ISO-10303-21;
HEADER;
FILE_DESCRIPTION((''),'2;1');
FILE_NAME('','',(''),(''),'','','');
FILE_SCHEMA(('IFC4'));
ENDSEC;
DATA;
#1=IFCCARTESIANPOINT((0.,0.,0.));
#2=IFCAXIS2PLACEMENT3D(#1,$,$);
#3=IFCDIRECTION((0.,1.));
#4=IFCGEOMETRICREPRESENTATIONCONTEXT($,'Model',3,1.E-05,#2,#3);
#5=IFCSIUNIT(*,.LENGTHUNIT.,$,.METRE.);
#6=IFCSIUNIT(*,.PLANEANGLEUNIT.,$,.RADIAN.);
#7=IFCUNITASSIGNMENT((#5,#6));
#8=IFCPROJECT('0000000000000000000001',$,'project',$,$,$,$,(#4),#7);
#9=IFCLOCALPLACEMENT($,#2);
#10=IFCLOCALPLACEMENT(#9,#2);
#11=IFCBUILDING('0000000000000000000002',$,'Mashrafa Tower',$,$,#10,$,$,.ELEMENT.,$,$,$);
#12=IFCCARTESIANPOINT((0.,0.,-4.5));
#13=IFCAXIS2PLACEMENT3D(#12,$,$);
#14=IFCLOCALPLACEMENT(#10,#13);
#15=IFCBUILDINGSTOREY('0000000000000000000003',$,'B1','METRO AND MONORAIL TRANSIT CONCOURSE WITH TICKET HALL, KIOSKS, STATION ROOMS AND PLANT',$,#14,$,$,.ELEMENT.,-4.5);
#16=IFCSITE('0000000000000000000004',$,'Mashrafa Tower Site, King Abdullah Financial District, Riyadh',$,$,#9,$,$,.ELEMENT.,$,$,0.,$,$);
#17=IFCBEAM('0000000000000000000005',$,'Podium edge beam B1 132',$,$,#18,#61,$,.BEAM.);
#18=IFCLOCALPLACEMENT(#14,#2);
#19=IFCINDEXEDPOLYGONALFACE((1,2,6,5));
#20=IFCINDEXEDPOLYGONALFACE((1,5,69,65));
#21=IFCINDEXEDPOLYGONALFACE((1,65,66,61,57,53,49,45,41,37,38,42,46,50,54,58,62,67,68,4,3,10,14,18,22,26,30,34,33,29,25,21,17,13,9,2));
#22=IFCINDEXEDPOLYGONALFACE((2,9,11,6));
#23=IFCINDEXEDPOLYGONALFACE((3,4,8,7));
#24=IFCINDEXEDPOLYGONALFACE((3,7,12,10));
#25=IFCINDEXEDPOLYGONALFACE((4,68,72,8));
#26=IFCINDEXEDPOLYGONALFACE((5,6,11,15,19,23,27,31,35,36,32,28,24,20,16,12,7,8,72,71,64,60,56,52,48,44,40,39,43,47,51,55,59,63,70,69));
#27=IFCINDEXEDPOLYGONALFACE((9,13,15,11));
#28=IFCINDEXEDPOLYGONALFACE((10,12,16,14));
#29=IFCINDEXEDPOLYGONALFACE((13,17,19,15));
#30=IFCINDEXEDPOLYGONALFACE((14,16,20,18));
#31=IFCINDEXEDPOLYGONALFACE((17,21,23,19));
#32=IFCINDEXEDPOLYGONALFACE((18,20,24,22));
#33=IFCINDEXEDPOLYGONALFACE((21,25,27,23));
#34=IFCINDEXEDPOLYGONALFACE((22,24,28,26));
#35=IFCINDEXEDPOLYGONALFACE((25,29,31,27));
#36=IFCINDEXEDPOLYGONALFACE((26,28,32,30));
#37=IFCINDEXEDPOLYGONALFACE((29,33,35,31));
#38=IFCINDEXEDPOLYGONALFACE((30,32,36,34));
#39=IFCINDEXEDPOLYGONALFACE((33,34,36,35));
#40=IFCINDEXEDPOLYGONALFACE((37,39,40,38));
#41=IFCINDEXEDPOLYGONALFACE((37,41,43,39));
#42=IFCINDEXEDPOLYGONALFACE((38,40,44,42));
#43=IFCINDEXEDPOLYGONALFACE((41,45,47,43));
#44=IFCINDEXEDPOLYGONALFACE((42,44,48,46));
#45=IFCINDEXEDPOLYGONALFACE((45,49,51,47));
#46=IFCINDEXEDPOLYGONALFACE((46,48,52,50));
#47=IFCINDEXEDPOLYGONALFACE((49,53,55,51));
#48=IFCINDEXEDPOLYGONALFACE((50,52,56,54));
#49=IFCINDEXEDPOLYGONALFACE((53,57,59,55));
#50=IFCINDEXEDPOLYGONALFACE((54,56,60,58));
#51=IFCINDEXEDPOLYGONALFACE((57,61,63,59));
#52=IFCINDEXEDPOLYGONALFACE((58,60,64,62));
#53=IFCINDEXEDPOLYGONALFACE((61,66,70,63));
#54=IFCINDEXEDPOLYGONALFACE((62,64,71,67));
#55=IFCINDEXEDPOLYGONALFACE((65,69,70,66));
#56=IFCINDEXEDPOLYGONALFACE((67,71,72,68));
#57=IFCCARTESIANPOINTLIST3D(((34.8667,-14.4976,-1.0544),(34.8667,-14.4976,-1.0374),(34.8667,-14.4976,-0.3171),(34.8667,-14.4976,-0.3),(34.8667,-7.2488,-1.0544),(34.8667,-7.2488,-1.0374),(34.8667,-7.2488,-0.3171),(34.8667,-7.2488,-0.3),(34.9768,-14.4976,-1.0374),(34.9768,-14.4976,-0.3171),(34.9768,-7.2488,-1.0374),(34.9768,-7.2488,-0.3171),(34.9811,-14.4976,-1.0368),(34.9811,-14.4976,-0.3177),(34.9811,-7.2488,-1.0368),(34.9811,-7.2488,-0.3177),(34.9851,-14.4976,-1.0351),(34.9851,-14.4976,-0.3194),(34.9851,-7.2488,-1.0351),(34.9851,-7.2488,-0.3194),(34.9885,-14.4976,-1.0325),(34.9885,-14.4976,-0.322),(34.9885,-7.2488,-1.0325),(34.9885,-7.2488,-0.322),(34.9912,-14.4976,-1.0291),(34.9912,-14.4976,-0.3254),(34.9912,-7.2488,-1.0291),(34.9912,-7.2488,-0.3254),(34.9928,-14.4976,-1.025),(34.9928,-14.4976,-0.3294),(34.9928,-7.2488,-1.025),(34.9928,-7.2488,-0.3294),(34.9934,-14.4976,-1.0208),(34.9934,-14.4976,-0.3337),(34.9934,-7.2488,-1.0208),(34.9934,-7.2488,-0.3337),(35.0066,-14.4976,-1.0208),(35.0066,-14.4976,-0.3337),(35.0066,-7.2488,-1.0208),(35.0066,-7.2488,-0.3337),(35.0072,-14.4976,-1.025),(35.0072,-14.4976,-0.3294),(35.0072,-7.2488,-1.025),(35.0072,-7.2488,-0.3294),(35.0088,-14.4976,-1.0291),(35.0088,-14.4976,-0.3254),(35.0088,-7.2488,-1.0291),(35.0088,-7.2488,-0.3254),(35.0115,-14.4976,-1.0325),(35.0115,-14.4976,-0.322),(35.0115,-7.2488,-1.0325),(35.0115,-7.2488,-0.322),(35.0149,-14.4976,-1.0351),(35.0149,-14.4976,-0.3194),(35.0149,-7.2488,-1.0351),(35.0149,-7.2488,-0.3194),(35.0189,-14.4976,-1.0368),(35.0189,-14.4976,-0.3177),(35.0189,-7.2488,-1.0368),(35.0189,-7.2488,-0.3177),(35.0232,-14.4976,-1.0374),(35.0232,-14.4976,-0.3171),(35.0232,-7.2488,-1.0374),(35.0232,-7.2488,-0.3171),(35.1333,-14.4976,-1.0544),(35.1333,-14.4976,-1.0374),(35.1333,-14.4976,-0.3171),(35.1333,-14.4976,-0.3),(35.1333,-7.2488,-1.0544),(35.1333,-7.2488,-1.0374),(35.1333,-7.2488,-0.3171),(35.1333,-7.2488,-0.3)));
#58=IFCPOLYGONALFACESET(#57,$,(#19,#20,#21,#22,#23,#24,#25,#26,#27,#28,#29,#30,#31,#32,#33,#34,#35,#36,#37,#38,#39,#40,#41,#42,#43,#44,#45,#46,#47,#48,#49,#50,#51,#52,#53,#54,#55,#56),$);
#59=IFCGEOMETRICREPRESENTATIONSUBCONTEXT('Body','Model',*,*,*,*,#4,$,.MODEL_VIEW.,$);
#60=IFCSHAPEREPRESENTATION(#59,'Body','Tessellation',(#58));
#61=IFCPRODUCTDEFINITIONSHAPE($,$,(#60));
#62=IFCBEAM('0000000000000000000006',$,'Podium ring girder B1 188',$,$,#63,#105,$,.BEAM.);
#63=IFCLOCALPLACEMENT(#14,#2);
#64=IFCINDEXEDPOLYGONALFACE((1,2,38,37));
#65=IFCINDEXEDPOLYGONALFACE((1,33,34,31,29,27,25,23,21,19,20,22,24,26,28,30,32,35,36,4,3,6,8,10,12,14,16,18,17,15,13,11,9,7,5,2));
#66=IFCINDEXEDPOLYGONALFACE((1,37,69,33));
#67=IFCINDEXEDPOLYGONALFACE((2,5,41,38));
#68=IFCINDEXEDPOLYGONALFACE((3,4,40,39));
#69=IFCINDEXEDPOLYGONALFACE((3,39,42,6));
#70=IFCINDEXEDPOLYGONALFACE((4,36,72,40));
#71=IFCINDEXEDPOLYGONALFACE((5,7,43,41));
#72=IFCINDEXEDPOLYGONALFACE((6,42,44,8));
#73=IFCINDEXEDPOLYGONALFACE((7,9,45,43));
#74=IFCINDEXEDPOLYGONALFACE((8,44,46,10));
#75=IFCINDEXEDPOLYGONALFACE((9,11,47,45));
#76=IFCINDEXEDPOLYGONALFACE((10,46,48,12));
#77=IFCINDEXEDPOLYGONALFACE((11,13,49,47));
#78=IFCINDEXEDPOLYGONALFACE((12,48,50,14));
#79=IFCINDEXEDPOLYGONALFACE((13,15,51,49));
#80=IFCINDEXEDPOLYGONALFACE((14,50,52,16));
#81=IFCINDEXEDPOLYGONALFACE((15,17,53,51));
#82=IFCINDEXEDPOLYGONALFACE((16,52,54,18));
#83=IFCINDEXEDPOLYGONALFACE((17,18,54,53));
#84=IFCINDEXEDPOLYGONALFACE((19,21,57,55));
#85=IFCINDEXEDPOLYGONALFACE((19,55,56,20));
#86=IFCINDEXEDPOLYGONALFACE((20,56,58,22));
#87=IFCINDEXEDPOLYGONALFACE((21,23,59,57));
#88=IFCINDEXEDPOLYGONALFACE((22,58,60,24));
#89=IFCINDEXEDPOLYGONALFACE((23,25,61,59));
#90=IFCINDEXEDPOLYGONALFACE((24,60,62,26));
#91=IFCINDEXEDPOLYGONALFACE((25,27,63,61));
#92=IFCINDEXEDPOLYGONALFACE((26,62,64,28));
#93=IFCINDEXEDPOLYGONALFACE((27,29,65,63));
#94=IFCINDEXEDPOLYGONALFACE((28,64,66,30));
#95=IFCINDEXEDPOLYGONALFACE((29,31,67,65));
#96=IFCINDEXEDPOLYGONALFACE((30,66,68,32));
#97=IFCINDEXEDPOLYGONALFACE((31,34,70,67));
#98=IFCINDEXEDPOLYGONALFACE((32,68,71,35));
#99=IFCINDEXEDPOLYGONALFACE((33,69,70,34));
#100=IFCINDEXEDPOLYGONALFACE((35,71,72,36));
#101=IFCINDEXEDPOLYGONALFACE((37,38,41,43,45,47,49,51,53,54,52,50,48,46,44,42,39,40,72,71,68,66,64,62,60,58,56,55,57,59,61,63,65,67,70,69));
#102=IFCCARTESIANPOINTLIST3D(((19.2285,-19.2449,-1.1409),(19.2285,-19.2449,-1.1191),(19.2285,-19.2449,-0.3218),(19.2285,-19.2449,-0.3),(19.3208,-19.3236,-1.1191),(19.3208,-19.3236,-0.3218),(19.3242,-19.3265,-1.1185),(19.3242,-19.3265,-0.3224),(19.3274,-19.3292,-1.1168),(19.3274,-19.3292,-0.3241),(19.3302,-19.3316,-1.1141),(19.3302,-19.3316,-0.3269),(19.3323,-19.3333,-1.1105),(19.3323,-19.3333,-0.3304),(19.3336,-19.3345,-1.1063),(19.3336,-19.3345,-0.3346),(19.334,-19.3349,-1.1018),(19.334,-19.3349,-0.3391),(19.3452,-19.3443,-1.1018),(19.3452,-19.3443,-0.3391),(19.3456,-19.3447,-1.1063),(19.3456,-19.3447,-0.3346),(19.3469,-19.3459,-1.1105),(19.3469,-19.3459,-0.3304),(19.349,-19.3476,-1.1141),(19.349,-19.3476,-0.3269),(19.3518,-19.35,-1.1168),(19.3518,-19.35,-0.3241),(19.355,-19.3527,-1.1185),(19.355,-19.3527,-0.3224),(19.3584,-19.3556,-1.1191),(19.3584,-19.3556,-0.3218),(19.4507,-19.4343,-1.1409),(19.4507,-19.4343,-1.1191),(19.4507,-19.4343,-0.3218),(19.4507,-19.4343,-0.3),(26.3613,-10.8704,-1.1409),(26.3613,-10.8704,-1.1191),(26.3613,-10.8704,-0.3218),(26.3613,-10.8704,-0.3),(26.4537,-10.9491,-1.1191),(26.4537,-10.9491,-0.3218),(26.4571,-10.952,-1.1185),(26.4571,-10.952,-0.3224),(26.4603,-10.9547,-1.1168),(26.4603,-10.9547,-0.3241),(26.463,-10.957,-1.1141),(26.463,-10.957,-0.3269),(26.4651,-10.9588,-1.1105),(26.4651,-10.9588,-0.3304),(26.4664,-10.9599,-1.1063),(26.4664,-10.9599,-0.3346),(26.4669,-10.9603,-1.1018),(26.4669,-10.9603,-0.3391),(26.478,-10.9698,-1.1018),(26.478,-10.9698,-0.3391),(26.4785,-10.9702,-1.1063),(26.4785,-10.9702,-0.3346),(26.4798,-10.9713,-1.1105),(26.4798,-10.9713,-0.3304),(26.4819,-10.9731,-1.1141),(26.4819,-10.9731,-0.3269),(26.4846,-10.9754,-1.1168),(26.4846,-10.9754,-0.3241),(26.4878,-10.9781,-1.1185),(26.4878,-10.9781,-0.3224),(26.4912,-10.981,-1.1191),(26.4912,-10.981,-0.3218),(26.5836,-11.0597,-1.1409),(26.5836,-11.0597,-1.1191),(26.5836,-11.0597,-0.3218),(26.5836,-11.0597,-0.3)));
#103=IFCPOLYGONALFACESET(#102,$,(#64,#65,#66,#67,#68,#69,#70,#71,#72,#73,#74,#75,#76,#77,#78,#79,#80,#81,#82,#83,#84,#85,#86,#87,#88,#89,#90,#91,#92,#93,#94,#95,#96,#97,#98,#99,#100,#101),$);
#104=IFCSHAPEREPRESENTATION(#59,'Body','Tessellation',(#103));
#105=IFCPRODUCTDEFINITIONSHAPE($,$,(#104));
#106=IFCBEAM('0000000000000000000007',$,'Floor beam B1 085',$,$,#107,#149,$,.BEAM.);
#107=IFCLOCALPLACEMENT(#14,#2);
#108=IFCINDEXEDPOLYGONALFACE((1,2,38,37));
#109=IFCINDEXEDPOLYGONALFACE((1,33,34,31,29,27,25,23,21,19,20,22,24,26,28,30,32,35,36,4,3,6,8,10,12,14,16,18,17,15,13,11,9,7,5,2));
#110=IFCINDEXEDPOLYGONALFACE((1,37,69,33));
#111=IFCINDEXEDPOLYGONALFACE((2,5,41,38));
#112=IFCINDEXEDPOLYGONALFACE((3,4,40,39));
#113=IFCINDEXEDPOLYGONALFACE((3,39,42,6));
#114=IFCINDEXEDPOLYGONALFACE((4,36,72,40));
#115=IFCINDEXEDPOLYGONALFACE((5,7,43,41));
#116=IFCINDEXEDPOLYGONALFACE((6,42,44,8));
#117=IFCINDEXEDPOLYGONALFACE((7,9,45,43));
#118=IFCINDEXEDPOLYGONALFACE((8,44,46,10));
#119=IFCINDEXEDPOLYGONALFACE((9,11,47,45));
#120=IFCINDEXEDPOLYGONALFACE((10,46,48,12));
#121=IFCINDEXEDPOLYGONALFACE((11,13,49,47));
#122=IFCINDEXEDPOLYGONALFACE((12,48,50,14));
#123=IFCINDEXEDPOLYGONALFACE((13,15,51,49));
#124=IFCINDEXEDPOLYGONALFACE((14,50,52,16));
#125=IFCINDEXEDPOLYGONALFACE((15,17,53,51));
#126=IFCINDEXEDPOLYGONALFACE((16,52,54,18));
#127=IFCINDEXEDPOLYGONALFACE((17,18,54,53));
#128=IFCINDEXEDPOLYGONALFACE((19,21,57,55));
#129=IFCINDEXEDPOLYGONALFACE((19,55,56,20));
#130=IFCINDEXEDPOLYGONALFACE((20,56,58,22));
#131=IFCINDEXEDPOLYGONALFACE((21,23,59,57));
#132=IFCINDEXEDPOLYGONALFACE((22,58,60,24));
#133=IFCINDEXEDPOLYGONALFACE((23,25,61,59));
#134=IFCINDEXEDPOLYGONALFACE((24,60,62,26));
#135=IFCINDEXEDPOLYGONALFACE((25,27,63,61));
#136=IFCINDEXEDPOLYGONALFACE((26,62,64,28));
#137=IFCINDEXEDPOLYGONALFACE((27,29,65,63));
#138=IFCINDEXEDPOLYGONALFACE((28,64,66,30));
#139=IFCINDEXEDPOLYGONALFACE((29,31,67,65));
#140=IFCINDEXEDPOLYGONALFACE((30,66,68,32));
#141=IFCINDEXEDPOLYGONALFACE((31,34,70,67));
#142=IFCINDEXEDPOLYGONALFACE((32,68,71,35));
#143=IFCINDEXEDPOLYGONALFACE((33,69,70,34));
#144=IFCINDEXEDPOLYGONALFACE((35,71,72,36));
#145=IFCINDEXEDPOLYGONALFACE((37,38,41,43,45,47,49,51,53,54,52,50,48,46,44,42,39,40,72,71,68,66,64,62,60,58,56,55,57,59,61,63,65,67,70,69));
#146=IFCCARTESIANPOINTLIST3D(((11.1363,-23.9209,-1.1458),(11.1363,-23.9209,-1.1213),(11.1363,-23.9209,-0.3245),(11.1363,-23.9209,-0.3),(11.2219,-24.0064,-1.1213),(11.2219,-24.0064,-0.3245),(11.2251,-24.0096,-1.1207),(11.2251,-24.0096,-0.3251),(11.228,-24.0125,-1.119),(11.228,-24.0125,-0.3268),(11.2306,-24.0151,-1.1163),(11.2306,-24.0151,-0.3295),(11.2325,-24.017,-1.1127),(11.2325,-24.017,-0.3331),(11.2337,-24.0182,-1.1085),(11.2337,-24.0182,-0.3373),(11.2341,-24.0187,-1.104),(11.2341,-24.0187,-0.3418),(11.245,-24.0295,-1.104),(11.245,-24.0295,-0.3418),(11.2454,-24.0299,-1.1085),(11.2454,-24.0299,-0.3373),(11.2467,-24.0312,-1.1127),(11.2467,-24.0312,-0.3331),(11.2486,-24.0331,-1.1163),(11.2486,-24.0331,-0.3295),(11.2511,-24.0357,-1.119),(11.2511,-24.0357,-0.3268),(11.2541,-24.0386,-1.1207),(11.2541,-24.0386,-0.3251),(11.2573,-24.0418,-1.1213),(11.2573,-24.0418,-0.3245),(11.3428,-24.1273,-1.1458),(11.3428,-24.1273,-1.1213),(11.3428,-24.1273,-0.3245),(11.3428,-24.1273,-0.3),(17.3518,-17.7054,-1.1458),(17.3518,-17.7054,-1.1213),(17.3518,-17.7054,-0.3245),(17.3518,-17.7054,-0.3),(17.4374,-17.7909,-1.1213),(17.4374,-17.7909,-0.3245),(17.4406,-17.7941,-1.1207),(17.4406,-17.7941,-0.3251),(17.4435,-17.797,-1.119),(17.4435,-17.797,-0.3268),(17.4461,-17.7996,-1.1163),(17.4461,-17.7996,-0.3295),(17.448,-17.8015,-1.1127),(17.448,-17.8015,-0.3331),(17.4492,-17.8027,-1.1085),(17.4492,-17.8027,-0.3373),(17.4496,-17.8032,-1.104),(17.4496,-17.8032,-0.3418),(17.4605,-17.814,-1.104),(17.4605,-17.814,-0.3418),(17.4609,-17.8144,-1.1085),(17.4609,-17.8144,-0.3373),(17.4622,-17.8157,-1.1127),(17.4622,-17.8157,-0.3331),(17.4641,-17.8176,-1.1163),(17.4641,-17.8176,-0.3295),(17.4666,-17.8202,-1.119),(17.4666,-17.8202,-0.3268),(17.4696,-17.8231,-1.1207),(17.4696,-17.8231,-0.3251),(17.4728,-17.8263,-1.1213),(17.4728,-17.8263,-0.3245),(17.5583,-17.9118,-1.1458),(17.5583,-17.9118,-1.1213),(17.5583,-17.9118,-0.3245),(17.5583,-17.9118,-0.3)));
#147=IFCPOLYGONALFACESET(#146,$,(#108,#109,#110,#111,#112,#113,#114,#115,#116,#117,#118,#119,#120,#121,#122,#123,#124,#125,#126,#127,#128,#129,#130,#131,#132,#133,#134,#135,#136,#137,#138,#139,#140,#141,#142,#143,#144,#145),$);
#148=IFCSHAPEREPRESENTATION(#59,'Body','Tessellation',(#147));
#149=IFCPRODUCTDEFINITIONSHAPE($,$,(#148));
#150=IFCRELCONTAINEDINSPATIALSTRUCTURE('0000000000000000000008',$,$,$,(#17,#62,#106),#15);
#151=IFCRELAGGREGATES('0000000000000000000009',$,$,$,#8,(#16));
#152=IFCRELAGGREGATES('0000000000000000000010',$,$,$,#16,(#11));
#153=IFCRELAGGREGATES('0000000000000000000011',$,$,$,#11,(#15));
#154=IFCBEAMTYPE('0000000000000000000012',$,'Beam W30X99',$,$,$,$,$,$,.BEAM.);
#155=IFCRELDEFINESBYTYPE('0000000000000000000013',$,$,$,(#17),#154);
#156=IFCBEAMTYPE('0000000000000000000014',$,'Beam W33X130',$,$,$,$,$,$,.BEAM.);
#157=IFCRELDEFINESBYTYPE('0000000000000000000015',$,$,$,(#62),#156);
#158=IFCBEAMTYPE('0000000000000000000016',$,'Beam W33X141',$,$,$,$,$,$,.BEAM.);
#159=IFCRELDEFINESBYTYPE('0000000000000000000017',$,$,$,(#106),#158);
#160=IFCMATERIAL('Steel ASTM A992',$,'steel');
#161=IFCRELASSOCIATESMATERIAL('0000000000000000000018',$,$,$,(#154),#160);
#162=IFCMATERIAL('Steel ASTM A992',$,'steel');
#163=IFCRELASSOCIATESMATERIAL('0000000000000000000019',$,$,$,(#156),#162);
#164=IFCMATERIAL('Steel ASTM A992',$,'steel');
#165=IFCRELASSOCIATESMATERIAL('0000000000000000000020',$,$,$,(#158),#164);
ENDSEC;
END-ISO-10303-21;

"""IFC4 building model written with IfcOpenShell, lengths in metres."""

from ifc_helpers import new_model, si_unit, direction, frame, origin, origin_2d, place, context, subcontext, project, spatial, i_section, extrude, material, material_profile, profile_set, type_object, element, save


model = new_model("IFC4")

# Units and contexts
model_context = context("Model", 3, precision=1e-05, world=origin(), true_north=direction((0.0, 1.0)))
body_context = subcontext(model_context, "Body", "Model", "MODEL_VIEW")
ifc_project = project(units=[si_unit("LENGTHUNIT", "METRE"), si_unit("PLANEANGLEUNIT", "RADIAN")], contexts=[model_context])

# Site, building, storey
site_placement = place(None, origin())
site = spatial("IfcSite", under=ifc_project, at=site_placement, Name="Mashrafa Tower Site, King Abdullah Financial District, Riyadh", CompositionType="ELEMENT", RefElevation=0.0)
building_placement = place(site_placement, origin())
building = spatial("IfcBuilding", under=site, at=building_placement, Name="Mashrafa Tower", CompositionType="ELEMENT")
storey_placement = place(building_placement, frame((0.0, 0.0, -4.5)))
storey = spatial("IfcBuildingStorey", under=building, at=storey_placement, Name="B1", Description="METRO AND MONORAIL TRANSIT CONCOURSE WITH TICKET HALL, KIOSKS, STATION ROOMS AND PLANT", CompositionType="ELEMENT", Elevation=-4.5)

# Beams
ifc_material_1 = material(Name="Steel ASTM A992", Category="steel")
ifc_material_profile_1 = material_profile(ifc_material_1, i_section(OverallWidth=0.2666, OverallDepth=0.7544, WebThickness=0.0132, FlangeThickness=0.0171, FilletRadius=0.0166, at=origin_2d()), Name="W30X99")
ifc_profile_set_1 = profile_set([ifc_material_profile_1], Name="Steel ASTM A992")
beam_type_1 = type_object("IfcBeamType", Name="Beam W30X99", PredefinedType="BEAM", material=ifc_profile_set_1)
beam_1_placement = place(storey_placement, frame((35.0, -14.4976, -0.6772), z_axis=(0.0, 1.0, 0.0), x_axis=(-1.0, 0.0, 0.0)))
element("IfcBeam", 1, at=beam_1_placement, inside=storey, type_object=beam_type_1, Name="Podium edge beam B1 132", PredefinedType="BEAM", context=body_context, shape_type="SweptSolid", body=[
    extrude(i_section(OverallWidth=0.2666, OverallDepth=0.7544, WebThickness=0.0132, FlangeThickness=0.0171, FilletRadius=0.0166, at=origin_2d()), origin(), (0.0, 0.0, 1.0), 7.2488),
])
ifc_material_2 = material(Name="Steel ASTM A992", Category="steel")
ifc_material_profile_2 = material_profile(ifc_material_2, i_section(OverallWidth=0.292, OverallDepth=0.8408, WebThickness=0.0146, FlangeThickness=0.0217, FilletRadius=0.0173, at=origin_2d()), Name="W33X130")
ifc_profile_set_2 = profile_set([ifc_material_profile_2], Name="Steel ASTM A992")
beam_type_2 = type_object("IfcBeamType", Name="Beam W33X130", PredefinedType="BEAM", material=ifc_profile_set_2)
beam_2_placement = place(storey_placement, frame((19.3396, -19.3396, -0.7205), z_axis=(0.648412, 0.761289, 0.0), x_axis=(-0.761289, 0.648412, 0.0)))
element("IfcBeam", 2, at=beam_2_placement, inside=storey, type_object=beam_type_2, Name="Podium ring girder B1 188", PredefinedType="BEAM", context=body_context, shape_type="SweptSolid", body=[
    extrude(i_section(OverallWidth=0.292, OverallDepth=0.8408, WebThickness=0.0146, FlangeThickness=0.0217, FilletRadius=0.0173, at=origin_2d()), origin(), (0.0, 0.0, 1.0), 11.0005),
])
ifc_material_3 = material(Name="Steel ASTM A992", Category="steel")
ifc_material_profile_3 = material_profile(ifc_material_3, i_section(OverallWidth=0.292, OverallDepth=0.8457, WebThickness=0.0154, FlangeThickness=0.0244, FilletRadius=0.0173, at=origin_2d()), Name="W33X141")
ifc_profile_set_3 = profile_set([ifc_material_profile_3], Name="Steel ASTM A992")
beam_type_3 = type_object("IfcBeamType", Name="Beam W33X141", PredefinedType="BEAM", material=ifc_profile_set_3)
beam_3_placement = place(storey_placement, frame((17.4551, -17.8086, -0.7229), z_axis=(-0.707107, -0.707107, 0.0), x_axis=(0.707107, -0.707107, 0.0)))
element("IfcBeam", 3, at=beam_3_placement, inside=storey, type_object=beam_type_3, Name="Floor beam B1 085", PredefinedType="BEAM", context=body_context, shape_type="SweptSolid", body=[
    extrude(i_section(OverallWidth=0.292, OverallDepth=0.8457, WebThickness=0.0154, FlangeThickness=0.0244, FilletRadius=0.0173, at=origin_2d()), origin(), (0.0, 0.0, 1.0), 8.79),
])

save(model, "model.ifc")
